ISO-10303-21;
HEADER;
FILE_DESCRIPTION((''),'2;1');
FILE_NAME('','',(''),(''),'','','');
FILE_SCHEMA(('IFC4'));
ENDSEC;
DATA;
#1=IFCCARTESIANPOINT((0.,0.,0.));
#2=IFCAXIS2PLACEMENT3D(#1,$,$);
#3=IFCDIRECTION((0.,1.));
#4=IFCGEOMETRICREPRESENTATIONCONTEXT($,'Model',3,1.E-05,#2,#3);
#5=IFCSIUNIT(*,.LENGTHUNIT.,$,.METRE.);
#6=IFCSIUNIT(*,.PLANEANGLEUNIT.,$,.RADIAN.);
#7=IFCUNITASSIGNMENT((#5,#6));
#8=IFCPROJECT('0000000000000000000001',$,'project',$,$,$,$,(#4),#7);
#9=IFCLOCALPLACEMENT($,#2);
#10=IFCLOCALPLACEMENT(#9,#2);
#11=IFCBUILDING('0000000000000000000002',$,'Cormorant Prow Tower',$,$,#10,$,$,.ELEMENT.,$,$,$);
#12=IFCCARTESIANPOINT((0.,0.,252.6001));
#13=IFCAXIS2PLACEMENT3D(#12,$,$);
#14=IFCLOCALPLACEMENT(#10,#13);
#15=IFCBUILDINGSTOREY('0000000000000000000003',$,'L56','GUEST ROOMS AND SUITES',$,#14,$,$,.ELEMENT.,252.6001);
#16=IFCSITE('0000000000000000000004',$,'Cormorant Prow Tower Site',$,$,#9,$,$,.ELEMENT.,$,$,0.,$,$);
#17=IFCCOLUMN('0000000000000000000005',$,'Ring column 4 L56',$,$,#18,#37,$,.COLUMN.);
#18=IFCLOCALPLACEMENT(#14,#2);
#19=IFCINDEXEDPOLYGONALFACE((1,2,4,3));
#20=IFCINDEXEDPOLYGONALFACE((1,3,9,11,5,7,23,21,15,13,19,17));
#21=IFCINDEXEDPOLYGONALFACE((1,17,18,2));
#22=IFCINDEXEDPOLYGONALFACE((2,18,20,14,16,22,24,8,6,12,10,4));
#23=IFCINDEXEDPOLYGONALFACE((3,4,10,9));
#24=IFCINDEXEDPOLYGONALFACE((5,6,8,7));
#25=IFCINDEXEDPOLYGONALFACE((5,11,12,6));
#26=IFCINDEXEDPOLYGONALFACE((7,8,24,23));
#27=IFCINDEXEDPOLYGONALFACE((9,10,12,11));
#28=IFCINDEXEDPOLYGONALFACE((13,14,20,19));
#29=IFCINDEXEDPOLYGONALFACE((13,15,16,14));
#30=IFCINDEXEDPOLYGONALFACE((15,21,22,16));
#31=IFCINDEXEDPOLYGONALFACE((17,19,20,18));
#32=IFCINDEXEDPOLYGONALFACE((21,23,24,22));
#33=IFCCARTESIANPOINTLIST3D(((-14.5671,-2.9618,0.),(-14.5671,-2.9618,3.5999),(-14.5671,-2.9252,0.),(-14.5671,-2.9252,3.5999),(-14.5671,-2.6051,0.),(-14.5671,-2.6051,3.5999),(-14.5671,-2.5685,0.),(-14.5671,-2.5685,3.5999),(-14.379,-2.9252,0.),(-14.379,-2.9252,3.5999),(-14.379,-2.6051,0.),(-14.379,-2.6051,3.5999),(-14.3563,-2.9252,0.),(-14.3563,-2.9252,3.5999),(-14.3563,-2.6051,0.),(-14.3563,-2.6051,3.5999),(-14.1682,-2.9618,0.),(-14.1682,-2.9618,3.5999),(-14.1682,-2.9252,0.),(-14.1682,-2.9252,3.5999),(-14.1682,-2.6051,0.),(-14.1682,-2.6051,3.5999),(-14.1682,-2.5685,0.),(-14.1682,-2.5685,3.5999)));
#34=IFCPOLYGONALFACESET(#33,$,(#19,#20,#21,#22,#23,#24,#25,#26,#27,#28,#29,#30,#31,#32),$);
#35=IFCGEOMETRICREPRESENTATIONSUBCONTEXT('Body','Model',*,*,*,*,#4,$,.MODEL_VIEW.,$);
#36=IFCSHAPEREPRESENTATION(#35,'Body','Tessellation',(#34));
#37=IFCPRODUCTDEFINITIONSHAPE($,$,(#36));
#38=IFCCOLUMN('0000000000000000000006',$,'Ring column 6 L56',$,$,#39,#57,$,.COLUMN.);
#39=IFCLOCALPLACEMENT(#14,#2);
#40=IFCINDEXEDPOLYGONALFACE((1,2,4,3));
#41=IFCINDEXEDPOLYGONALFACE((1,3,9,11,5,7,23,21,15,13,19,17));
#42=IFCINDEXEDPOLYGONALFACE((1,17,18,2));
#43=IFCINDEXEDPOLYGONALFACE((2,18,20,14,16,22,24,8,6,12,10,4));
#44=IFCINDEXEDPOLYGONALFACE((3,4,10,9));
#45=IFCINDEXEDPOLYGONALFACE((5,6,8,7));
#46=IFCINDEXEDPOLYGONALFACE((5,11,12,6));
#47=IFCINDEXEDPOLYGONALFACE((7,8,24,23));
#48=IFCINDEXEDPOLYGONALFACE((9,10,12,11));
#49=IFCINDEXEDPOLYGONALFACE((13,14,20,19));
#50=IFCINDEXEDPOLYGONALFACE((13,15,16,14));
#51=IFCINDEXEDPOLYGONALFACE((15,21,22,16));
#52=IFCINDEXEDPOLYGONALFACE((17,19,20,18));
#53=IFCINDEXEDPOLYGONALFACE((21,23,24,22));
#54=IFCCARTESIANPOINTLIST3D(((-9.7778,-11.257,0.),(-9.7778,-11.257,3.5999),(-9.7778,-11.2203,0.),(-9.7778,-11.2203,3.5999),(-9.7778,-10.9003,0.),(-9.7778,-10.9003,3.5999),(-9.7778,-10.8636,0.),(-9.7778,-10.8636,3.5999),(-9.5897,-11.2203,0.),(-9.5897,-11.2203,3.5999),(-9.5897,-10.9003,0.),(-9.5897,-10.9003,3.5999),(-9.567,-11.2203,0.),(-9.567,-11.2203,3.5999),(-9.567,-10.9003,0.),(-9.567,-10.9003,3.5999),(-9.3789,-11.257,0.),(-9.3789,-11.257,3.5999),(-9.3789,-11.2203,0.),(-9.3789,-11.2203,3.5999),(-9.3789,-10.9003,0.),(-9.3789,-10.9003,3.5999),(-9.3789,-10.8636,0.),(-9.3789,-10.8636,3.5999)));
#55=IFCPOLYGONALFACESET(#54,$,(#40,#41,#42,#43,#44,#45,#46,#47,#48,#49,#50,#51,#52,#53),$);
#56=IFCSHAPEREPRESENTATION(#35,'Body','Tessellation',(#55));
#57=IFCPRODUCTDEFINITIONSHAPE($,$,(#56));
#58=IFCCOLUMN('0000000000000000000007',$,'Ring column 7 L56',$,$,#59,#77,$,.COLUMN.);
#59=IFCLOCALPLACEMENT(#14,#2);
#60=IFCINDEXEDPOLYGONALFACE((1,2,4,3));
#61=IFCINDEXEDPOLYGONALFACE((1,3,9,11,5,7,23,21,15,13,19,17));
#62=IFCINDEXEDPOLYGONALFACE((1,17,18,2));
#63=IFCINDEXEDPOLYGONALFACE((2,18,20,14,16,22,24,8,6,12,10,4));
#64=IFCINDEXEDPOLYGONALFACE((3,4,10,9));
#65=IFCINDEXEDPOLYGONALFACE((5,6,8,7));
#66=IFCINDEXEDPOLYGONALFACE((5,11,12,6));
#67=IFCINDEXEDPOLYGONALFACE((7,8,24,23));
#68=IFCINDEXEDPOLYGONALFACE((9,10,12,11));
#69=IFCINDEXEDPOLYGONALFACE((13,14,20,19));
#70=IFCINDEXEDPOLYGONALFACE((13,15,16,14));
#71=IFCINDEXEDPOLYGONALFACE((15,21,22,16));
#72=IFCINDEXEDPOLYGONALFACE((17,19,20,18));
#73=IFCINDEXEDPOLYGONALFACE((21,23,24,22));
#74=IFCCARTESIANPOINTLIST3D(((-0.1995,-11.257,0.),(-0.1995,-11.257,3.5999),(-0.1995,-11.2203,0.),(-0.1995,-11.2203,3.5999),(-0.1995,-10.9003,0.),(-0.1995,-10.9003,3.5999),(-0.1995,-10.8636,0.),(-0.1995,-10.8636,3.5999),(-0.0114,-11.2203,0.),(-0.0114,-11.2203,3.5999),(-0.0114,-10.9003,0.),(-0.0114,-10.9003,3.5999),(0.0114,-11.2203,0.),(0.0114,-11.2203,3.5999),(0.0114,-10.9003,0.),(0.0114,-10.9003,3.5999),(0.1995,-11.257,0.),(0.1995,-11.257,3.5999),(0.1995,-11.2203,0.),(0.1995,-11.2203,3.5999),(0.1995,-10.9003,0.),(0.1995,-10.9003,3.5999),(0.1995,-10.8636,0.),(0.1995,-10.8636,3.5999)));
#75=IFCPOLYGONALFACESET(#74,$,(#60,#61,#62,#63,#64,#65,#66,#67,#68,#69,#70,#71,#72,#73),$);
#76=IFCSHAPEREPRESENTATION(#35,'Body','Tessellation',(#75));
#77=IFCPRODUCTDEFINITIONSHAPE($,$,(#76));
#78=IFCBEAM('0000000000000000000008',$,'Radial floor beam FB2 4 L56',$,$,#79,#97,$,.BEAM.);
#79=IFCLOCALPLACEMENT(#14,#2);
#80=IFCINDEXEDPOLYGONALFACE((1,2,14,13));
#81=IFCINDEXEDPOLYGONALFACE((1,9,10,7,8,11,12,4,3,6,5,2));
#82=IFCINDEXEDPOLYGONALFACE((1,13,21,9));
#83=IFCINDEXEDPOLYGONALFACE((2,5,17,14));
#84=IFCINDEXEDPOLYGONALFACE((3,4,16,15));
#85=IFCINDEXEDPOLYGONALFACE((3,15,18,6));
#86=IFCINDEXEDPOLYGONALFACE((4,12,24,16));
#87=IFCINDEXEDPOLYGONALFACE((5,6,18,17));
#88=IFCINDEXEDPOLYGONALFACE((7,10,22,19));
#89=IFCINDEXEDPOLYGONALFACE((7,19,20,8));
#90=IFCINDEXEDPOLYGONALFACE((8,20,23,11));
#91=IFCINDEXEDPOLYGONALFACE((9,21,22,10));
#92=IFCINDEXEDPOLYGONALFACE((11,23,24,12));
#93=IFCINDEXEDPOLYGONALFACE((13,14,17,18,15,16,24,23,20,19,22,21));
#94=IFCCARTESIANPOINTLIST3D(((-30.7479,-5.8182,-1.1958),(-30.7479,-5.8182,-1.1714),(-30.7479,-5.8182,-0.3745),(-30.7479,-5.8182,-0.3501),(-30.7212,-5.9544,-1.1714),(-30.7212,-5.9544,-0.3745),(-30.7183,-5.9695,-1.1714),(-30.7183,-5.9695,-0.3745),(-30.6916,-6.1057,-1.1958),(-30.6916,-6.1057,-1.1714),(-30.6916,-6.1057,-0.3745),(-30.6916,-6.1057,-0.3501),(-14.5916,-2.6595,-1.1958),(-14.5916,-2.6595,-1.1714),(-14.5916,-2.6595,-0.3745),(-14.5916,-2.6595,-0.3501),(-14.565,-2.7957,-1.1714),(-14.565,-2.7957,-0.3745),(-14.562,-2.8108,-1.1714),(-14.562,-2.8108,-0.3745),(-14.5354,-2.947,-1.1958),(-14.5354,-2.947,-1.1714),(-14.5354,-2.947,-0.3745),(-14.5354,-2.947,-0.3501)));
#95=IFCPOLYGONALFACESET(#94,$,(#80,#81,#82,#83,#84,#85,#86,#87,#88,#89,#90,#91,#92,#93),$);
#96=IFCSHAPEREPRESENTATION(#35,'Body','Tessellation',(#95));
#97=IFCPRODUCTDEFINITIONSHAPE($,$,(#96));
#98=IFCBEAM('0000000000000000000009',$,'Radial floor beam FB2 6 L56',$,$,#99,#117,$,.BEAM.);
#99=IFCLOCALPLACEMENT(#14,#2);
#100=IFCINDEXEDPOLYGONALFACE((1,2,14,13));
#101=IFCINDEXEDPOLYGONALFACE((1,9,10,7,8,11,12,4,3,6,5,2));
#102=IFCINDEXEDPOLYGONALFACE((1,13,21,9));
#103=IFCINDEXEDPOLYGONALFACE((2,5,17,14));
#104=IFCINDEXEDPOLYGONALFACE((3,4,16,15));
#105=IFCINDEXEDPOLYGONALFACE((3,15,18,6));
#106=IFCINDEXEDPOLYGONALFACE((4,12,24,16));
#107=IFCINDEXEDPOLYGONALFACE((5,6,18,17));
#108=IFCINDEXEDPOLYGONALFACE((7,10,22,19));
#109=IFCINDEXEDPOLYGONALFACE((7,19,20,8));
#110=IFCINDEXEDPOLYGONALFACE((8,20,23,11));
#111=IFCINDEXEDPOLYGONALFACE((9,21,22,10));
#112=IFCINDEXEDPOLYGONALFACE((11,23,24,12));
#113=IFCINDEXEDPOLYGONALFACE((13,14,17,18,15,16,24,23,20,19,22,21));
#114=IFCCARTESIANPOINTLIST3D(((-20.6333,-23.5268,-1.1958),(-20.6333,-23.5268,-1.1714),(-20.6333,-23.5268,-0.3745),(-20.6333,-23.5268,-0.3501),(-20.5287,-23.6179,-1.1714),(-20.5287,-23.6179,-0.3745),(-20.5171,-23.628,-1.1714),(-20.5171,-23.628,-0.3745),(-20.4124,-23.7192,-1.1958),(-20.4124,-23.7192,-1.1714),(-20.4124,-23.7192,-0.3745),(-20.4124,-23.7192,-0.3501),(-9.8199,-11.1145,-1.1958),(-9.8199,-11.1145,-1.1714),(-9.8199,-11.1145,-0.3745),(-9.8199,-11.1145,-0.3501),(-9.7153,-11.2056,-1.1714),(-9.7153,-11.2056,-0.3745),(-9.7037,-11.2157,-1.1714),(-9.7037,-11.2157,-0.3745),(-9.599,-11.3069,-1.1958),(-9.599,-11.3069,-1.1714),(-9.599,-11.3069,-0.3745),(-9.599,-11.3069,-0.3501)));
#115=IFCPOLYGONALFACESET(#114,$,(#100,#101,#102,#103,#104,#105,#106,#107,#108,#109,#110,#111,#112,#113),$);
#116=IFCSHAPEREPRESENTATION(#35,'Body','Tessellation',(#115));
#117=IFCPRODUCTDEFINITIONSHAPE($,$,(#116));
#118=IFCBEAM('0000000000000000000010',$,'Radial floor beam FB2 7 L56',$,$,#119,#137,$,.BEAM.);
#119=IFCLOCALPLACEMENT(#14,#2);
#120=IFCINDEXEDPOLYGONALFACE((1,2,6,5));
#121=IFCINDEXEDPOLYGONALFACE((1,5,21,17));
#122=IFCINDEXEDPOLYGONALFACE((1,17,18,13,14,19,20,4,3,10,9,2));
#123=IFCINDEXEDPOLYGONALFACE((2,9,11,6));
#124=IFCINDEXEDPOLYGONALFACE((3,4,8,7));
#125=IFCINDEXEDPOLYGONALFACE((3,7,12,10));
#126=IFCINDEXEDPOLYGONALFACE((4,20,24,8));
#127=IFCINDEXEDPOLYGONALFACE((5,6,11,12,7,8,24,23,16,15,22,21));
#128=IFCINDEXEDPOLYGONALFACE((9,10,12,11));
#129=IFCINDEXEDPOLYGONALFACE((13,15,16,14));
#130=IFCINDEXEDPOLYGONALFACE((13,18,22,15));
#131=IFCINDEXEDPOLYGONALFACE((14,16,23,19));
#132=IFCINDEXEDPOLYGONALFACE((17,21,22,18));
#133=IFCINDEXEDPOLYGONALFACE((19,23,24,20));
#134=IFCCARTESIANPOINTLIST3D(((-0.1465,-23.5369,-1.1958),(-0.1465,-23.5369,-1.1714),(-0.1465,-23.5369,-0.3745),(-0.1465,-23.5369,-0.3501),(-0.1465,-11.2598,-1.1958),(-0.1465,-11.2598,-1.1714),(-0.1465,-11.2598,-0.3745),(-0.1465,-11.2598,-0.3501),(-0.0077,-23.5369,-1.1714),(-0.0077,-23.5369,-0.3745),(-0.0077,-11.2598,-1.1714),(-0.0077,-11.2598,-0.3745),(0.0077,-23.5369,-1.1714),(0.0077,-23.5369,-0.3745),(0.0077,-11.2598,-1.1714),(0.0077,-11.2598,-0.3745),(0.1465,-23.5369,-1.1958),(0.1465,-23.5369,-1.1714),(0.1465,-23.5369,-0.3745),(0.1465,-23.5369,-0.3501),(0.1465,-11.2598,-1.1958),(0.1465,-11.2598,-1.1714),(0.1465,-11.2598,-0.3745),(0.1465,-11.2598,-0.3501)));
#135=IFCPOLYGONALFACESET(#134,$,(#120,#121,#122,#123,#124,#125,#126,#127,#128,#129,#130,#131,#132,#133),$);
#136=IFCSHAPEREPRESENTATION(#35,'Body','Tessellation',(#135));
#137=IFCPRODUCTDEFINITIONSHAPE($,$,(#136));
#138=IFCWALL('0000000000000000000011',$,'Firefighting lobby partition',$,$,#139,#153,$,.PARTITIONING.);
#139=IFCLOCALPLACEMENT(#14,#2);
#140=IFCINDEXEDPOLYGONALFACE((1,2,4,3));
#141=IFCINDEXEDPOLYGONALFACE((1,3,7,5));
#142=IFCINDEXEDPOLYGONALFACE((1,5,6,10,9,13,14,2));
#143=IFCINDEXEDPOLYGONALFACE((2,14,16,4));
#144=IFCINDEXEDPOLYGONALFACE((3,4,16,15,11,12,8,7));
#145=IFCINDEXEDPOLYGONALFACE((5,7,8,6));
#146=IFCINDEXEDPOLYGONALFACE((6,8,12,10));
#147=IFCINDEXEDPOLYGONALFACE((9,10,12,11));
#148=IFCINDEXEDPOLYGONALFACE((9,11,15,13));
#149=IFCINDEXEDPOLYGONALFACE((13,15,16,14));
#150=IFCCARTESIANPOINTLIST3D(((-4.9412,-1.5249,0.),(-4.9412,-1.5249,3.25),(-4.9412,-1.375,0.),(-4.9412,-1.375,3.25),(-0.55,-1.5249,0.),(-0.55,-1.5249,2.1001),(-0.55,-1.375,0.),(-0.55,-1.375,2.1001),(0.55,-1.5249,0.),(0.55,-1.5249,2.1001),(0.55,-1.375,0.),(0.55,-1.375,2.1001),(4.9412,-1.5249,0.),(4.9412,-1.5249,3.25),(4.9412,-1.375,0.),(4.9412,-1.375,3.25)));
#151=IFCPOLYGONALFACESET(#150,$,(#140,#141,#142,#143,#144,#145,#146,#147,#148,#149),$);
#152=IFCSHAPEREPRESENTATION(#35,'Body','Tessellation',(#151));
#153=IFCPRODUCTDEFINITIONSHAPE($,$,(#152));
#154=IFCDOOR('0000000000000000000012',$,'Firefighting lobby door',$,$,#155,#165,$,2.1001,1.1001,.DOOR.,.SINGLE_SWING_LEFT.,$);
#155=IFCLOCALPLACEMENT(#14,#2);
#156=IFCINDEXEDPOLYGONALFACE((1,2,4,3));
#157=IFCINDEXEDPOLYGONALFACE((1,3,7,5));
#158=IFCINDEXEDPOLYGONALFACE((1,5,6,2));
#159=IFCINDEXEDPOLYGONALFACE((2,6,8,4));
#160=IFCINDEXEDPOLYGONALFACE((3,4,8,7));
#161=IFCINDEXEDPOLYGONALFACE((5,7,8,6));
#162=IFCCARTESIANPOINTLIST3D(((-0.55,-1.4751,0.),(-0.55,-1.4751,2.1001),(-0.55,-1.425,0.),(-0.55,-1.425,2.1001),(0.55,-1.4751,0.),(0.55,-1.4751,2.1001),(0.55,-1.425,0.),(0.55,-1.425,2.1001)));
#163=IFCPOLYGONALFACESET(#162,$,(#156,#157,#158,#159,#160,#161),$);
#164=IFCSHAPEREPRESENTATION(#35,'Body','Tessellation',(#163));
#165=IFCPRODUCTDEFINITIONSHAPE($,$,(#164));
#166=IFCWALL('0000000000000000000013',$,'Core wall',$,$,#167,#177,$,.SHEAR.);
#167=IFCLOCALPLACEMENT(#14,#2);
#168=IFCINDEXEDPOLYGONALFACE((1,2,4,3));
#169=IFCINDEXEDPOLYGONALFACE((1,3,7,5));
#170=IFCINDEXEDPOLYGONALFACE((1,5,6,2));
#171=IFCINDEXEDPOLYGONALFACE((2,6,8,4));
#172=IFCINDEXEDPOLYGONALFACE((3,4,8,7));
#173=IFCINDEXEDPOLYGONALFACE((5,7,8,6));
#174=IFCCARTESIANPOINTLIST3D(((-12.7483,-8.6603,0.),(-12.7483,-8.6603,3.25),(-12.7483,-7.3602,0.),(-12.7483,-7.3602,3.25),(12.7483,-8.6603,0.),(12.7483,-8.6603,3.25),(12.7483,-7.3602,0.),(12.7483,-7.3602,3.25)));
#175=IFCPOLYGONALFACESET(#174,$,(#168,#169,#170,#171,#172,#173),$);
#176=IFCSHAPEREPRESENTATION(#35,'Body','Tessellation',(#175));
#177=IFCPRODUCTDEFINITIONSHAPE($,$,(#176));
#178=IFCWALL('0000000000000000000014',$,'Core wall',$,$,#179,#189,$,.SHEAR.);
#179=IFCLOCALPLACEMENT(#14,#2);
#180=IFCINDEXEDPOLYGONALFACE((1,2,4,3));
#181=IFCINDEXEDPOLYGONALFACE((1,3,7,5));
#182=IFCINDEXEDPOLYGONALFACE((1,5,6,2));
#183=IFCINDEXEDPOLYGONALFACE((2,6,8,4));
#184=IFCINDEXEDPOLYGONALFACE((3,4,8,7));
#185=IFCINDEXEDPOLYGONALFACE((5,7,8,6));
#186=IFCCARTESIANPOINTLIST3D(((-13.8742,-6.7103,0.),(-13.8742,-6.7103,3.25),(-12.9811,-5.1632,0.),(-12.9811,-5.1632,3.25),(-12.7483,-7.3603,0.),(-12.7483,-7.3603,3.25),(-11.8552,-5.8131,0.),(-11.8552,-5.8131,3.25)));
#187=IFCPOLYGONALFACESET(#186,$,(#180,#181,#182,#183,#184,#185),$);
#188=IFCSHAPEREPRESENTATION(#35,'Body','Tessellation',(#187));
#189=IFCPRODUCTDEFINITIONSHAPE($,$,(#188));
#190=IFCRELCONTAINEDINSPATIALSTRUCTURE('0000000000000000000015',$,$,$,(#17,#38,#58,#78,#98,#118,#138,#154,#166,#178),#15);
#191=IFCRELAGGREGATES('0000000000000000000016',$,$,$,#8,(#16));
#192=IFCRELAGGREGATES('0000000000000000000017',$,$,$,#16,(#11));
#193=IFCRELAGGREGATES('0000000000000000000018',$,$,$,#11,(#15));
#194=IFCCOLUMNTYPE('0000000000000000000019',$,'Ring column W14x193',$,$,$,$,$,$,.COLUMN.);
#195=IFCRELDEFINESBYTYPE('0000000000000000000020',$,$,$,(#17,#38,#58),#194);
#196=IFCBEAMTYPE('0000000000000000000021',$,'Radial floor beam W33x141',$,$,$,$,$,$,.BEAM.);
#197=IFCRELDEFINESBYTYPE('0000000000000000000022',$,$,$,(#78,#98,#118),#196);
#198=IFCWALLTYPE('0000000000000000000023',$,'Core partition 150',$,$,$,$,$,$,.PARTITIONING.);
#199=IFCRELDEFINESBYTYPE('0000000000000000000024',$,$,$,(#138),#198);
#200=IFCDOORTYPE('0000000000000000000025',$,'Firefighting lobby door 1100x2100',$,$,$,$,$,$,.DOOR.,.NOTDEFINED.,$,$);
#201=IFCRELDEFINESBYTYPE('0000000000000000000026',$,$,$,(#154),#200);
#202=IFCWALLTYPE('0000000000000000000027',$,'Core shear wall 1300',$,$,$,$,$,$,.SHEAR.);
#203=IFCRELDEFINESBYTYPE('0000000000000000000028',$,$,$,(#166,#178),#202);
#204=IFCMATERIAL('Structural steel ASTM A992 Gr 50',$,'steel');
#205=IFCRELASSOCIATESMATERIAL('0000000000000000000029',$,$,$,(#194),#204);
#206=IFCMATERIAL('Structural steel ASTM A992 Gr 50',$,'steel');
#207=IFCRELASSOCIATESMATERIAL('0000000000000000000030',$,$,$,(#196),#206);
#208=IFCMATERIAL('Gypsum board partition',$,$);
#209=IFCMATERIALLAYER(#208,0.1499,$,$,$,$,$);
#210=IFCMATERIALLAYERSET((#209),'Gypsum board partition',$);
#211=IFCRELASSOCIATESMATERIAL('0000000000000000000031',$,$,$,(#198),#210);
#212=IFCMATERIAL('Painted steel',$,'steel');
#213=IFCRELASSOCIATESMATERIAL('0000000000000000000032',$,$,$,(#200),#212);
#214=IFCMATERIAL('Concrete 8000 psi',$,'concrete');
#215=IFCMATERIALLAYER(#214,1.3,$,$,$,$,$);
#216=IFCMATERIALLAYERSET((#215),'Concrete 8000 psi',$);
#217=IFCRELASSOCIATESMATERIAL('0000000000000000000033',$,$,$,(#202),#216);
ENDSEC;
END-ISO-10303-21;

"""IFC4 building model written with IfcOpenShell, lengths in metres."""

from ifc_helpers import new_model, si_unit, direction, frame, frame_2d, origin, origin_2d, place, context, subcontext, project, spatial, rectangle, i_section, extrude, material, layer, layer_set, material_profile, profile_set, type_object, element, fill, save


model = new_model("IFC4")

# Units and contexts
model_context = context("Model", 3, precision=1e-05, world=origin(), true_north=direction((0.0, 1.0)))
body_context = subcontext(model_context, "Body", "Model", "MODEL_VIEW")
ifc_project = project(units=[si_unit("LENGTHUNIT", "METRE"), si_unit("PLANEANGLEUNIT", "RADIAN")], contexts=[model_context])

# Site, building, storey
site_placement = place(None, origin())
site = spatial("IfcSite", under=ifc_project, at=site_placement, Name="Cormorant Prow Tower Site", CompositionType="ELEMENT", RefElevation=0.0)
building_placement = place(site_placement, origin())
building = spatial("IfcBuilding", under=site, at=building_placement, Name="Cormorant Prow Tower", CompositionType="ELEMENT")
storey_placement = place(building_placement, frame((0.0, 0.0, 252.6001)))
storey = spatial("IfcBuildingStorey", under=building, at=storey_placement, Name="L56", Description="GUEST ROOMS AND SUITES", CompositionType="ELEMENT", Elevation=252.6001)

# Columns
ifc_material_1 = material(Name="Structural steel ASTM A992 Gr 50", Category="steel")
ifc_material_profile_1 = material_profile(ifc_material_1, i_section(OverallWidth=0.3989, OverallDepth=0.3933, WebThickness=0.0227, FlangeThickness=0.0366, at=origin_2d()), Name="W14x193")
ifc_profile_set_1 = profile_set([ifc_material_profile_1], Name="Structural steel ASTM A992 Gr 50")
column_type = type_object("IfcColumnType", Name="Ring column W14x193", PredefinedType="COLUMN", material=ifc_profile_set_1)
for number, where, z_axis, x_axis, name in (
    (1, (-14.3677, -2.7651, 0.0), (0.0, 0.0, 1.0), (1.0, 0.0, 0.0), "Ring column 4 L56"),
    (2, (-9.5784, -11.0603, 0.0), (0.0, 0.0, 1.0), (1.0, 0.0, 0.0), "Ring column 6 L56"),
    (3, (0.0, -11.0603, 0.0), (0.0, 0.0, 1.0), (1.0, 0.0, 0.0), "Ring column 7 L56"),
):
    element("IfcColumn", number, at=place(storey_placement, frame(where, z_axis=z_axis, x_axis=x_axis)), inside=storey, type_object=column_type, Name=name, PredefinedType="COLUMN", context=body_context, shape_type="SweptSolid", body=[
        extrude(i_section(OverallWidth=0.3989, OverallDepth=0.3933, WebThickness=0.0227, FlangeThickness=0.0366, at=origin_2d()), origin(), (0.0, 0.0, 1.0), 3.5999),
    ])

# Beams
ifc_material_2 = material(Name="Structural steel ASTM A992 Gr 50", Category="steel")
ifc_material_profile_2 = material_profile(ifc_material_2, i_section(OverallWidth=0.293, OverallDepth=0.8457, WebThickness=0.0154, FlangeThickness=0.0244, at=origin_2d()), Name="W33x141")
ifc_profile_set_2 = profile_set([ifc_material_profile_2], Name="Structural steel ASTM A992 Gr 50")
beam_type = type_object("IfcBeamType", Name="Radial floor beam W33x141", PredefinedType="BEAM", material=ifc_profile_set_2)
beam_1_placement = place(storey_placement, frame((-14.5635, -2.8032, -0.7729), z_axis=(-0.981419, -0.191876, 0.0), x_axis=(0.191876, -0.981419, 0.0)))
element("IfcBeam", 4, at=beam_1_placement, inside=storey, type_object=beam_type, Name="Radial floor beam FB2 4 L56", PredefinedType="BEAM", context=body_context, shape_type="SweptSolid", body=[
    extrude(i_section(OverallWidth=0.293, OverallDepth=0.8457, WebThickness=0.0154, FlangeThickness=0.0244, at=origin_2d()), origin(), (0.0, 0.0, 1.0), 16.4622),
])
beam_2_placement = place(storey_placement, frame((-9.7095, -11.2107, -0.7729), z_axis=(-0.656875, -0.754, 0.0), x_axis=(0.754, -0.656875, 0.0)))
element("IfcBeam", 5, at=beam_2_placement, inside=storey, type_object=beam_type, Name="Radial floor beam FB2 6 L56", PredefinedType="BEAM", context=body_context, shape_type="SweptSolid", body=[
    extrude(i_section(OverallWidth=0.293, OverallDepth=0.8457, WebThickness=0.0154, FlangeThickness=0.0244, at=origin_2d()), origin(), (0.0, 0.0, 1.0), 16.4619),
])
beam_3_placement = place(storey_placement, frame((0.0, -11.2598, -0.7729), z_axis=(0.0, -1.0, 0.0), x_axis=(1.0, 0.0, 0.0)))
element("IfcBeam", 6, at=beam_3_placement, inside=storey, type_object=beam_type, Name="Radial floor beam FB2 7 L56", PredefinedType="BEAM", context=body_context, shape_type="SweptSolid", body=[
    extrude(i_section(OverallWidth=0.293, OverallDepth=0.8457, WebThickness=0.0154, FlangeThickness=0.0244, at=origin_2d()), origin(), (0.0, 0.0, 1.0), 12.2771),
])

# Wall, opening, door
ifc_material_3 = material(Name="Gypsum board partition")
ifc_layer_1 = layer(ifc_material_3, 0.1499)
ifc_layer_set_1 = layer_set([ifc_layer_1], Name="Gypsum board partition")
wall_type_1 = type_object("IfcWallType", Name="Core partition 150", PredefinedType="PARTITIONING", material=ifc_layer_set_1)
wall_1_placement = place(storey_placement, frame((-4.9412, -1.45, 0.0), z_axis=(0.0, 0.0, 1.0), x_axis=(1.0, 0.0, 0.0)))
wall_1 = element("IfcWall", 7, at=wall_1_placement, inside=storey, type_object=wall_type_1, Name="Firefighting lobby partition", PredefinedType="PARTITIONING", context=body_context, shape_type="SweptSolid", body=[
    extrude(rectangle(XDim=9.8823, YDim=0.1499, at=frame_2d((4.9412, 0.0))), origin(), (0.0, 0.0, 1.0), 3.25),
])
opening_1_placement = place(wall_1_placement, frame((4.3911, 0.0, 0.0)))
opening_1 = element("IfcOpeningElement", 8, at=opening_1_placement, cuts=wall_1, PredefinedType="OPENING", context=body_context, shape_type="SweptSolid", body=[
    extrude(rectangle(XDim=1.1001, YDim=2.1001, at=frame_2d((0.55, 1.05))), frame((0.0, 0.085, 0.0), z_axis=(0.0, -1.0, 0.0), x_axis=(1.0, 0.0, 0.0)), (0.0, 0.0, 1.0), 0.1699),
])
ifc_material_4 = material(Name="Painted steel", Category="steel")
door_type_1 = type_object("IfcDoorType", Name="Firefighting lobby door 1100x2100", OperationType="NOTDEFINED", PredefinedType="DOOR", material=ifc_material_4)
door_1_placement = place(opening_1_placement, origin())
door_1 = element("IfcDoor", 9, at=door_1_placement, inside=storey, type_object=door_type_1, Name="Firefighting lobby door", OperationType="SINGLE_SWING_LEFT", OverallHeight=2.1001, OverallWidth=1.1001, PredefinedType="DOOR", context=body_context, shape_type="SweptSolid", body=[
    extrude(rectangle(XDim=1.1001, YDim=2.1001, at=frame_2d((0.55, 1.05))), frame((0.0, 0.0249, 0.0), z_axis=(0.0, -1.0, 0.0), x_axis=(1.0, 0.0, 0.0)), (0.0, 0.0, 1.0), 0.05),
])
fill(opening_1, door_1)

# Walls
ifc_material_5 = material(Name="Concrete 8000 psi", Category="concrete")
ifc_layer_2 = layer(ifc_material_5, 1.3)
ifc_layer_set_2 = layer_set([ifc_layer_2], Name="Concrete 8000 psi")
wall_type_2 = type_object("IfcWallType", Name="Core shear wall 1300", PredefinedType="SHEAR", material=ifc_layer_set_2)
wall_2_placement = place(storey_placement, frame((-12.7483, -8.0103, 0.0), z_axis=(0.0, 0.0, 1.0), x_axis=(1.0, 0.0, 0.0)))
element("IfcWall", 10, at=wall_2_placement, inside=storey, type_object=wall_type_2, Name="Core wall", PredefinedType="SHEAR", context=body_context, shape_type="SweptSolid", body=[
    extrude(rectangle(XDim=25.4966, YDim=1.3, at=frame_2d((12.7483, 0.0))), origin(), (0.0, 0.0, 1.0), 3.25),
])
wall_3_placement = place(storey_placement, frame((-12.4182, -5.4883, 0.0), z_axis=(0.0, 0.0, 1.0), x_axis=(-0.499931, -0.866065, 0.0)))
element("IfcWall", 11, at=wall_3_placement, inside=storey, type_object=wall_type_2, Name="Core wall", PredefinedType="SHEAR", context=body_context, shape_type="SweptSolid", body=[
    extrude(rectangle(XDim=1.7864, YDim=1.3, at=frame_2d((0.8931, 0.0))), origin(), (0.0, 0.0, 1.0), 3.25),
])

save(model, "model.ifc")
